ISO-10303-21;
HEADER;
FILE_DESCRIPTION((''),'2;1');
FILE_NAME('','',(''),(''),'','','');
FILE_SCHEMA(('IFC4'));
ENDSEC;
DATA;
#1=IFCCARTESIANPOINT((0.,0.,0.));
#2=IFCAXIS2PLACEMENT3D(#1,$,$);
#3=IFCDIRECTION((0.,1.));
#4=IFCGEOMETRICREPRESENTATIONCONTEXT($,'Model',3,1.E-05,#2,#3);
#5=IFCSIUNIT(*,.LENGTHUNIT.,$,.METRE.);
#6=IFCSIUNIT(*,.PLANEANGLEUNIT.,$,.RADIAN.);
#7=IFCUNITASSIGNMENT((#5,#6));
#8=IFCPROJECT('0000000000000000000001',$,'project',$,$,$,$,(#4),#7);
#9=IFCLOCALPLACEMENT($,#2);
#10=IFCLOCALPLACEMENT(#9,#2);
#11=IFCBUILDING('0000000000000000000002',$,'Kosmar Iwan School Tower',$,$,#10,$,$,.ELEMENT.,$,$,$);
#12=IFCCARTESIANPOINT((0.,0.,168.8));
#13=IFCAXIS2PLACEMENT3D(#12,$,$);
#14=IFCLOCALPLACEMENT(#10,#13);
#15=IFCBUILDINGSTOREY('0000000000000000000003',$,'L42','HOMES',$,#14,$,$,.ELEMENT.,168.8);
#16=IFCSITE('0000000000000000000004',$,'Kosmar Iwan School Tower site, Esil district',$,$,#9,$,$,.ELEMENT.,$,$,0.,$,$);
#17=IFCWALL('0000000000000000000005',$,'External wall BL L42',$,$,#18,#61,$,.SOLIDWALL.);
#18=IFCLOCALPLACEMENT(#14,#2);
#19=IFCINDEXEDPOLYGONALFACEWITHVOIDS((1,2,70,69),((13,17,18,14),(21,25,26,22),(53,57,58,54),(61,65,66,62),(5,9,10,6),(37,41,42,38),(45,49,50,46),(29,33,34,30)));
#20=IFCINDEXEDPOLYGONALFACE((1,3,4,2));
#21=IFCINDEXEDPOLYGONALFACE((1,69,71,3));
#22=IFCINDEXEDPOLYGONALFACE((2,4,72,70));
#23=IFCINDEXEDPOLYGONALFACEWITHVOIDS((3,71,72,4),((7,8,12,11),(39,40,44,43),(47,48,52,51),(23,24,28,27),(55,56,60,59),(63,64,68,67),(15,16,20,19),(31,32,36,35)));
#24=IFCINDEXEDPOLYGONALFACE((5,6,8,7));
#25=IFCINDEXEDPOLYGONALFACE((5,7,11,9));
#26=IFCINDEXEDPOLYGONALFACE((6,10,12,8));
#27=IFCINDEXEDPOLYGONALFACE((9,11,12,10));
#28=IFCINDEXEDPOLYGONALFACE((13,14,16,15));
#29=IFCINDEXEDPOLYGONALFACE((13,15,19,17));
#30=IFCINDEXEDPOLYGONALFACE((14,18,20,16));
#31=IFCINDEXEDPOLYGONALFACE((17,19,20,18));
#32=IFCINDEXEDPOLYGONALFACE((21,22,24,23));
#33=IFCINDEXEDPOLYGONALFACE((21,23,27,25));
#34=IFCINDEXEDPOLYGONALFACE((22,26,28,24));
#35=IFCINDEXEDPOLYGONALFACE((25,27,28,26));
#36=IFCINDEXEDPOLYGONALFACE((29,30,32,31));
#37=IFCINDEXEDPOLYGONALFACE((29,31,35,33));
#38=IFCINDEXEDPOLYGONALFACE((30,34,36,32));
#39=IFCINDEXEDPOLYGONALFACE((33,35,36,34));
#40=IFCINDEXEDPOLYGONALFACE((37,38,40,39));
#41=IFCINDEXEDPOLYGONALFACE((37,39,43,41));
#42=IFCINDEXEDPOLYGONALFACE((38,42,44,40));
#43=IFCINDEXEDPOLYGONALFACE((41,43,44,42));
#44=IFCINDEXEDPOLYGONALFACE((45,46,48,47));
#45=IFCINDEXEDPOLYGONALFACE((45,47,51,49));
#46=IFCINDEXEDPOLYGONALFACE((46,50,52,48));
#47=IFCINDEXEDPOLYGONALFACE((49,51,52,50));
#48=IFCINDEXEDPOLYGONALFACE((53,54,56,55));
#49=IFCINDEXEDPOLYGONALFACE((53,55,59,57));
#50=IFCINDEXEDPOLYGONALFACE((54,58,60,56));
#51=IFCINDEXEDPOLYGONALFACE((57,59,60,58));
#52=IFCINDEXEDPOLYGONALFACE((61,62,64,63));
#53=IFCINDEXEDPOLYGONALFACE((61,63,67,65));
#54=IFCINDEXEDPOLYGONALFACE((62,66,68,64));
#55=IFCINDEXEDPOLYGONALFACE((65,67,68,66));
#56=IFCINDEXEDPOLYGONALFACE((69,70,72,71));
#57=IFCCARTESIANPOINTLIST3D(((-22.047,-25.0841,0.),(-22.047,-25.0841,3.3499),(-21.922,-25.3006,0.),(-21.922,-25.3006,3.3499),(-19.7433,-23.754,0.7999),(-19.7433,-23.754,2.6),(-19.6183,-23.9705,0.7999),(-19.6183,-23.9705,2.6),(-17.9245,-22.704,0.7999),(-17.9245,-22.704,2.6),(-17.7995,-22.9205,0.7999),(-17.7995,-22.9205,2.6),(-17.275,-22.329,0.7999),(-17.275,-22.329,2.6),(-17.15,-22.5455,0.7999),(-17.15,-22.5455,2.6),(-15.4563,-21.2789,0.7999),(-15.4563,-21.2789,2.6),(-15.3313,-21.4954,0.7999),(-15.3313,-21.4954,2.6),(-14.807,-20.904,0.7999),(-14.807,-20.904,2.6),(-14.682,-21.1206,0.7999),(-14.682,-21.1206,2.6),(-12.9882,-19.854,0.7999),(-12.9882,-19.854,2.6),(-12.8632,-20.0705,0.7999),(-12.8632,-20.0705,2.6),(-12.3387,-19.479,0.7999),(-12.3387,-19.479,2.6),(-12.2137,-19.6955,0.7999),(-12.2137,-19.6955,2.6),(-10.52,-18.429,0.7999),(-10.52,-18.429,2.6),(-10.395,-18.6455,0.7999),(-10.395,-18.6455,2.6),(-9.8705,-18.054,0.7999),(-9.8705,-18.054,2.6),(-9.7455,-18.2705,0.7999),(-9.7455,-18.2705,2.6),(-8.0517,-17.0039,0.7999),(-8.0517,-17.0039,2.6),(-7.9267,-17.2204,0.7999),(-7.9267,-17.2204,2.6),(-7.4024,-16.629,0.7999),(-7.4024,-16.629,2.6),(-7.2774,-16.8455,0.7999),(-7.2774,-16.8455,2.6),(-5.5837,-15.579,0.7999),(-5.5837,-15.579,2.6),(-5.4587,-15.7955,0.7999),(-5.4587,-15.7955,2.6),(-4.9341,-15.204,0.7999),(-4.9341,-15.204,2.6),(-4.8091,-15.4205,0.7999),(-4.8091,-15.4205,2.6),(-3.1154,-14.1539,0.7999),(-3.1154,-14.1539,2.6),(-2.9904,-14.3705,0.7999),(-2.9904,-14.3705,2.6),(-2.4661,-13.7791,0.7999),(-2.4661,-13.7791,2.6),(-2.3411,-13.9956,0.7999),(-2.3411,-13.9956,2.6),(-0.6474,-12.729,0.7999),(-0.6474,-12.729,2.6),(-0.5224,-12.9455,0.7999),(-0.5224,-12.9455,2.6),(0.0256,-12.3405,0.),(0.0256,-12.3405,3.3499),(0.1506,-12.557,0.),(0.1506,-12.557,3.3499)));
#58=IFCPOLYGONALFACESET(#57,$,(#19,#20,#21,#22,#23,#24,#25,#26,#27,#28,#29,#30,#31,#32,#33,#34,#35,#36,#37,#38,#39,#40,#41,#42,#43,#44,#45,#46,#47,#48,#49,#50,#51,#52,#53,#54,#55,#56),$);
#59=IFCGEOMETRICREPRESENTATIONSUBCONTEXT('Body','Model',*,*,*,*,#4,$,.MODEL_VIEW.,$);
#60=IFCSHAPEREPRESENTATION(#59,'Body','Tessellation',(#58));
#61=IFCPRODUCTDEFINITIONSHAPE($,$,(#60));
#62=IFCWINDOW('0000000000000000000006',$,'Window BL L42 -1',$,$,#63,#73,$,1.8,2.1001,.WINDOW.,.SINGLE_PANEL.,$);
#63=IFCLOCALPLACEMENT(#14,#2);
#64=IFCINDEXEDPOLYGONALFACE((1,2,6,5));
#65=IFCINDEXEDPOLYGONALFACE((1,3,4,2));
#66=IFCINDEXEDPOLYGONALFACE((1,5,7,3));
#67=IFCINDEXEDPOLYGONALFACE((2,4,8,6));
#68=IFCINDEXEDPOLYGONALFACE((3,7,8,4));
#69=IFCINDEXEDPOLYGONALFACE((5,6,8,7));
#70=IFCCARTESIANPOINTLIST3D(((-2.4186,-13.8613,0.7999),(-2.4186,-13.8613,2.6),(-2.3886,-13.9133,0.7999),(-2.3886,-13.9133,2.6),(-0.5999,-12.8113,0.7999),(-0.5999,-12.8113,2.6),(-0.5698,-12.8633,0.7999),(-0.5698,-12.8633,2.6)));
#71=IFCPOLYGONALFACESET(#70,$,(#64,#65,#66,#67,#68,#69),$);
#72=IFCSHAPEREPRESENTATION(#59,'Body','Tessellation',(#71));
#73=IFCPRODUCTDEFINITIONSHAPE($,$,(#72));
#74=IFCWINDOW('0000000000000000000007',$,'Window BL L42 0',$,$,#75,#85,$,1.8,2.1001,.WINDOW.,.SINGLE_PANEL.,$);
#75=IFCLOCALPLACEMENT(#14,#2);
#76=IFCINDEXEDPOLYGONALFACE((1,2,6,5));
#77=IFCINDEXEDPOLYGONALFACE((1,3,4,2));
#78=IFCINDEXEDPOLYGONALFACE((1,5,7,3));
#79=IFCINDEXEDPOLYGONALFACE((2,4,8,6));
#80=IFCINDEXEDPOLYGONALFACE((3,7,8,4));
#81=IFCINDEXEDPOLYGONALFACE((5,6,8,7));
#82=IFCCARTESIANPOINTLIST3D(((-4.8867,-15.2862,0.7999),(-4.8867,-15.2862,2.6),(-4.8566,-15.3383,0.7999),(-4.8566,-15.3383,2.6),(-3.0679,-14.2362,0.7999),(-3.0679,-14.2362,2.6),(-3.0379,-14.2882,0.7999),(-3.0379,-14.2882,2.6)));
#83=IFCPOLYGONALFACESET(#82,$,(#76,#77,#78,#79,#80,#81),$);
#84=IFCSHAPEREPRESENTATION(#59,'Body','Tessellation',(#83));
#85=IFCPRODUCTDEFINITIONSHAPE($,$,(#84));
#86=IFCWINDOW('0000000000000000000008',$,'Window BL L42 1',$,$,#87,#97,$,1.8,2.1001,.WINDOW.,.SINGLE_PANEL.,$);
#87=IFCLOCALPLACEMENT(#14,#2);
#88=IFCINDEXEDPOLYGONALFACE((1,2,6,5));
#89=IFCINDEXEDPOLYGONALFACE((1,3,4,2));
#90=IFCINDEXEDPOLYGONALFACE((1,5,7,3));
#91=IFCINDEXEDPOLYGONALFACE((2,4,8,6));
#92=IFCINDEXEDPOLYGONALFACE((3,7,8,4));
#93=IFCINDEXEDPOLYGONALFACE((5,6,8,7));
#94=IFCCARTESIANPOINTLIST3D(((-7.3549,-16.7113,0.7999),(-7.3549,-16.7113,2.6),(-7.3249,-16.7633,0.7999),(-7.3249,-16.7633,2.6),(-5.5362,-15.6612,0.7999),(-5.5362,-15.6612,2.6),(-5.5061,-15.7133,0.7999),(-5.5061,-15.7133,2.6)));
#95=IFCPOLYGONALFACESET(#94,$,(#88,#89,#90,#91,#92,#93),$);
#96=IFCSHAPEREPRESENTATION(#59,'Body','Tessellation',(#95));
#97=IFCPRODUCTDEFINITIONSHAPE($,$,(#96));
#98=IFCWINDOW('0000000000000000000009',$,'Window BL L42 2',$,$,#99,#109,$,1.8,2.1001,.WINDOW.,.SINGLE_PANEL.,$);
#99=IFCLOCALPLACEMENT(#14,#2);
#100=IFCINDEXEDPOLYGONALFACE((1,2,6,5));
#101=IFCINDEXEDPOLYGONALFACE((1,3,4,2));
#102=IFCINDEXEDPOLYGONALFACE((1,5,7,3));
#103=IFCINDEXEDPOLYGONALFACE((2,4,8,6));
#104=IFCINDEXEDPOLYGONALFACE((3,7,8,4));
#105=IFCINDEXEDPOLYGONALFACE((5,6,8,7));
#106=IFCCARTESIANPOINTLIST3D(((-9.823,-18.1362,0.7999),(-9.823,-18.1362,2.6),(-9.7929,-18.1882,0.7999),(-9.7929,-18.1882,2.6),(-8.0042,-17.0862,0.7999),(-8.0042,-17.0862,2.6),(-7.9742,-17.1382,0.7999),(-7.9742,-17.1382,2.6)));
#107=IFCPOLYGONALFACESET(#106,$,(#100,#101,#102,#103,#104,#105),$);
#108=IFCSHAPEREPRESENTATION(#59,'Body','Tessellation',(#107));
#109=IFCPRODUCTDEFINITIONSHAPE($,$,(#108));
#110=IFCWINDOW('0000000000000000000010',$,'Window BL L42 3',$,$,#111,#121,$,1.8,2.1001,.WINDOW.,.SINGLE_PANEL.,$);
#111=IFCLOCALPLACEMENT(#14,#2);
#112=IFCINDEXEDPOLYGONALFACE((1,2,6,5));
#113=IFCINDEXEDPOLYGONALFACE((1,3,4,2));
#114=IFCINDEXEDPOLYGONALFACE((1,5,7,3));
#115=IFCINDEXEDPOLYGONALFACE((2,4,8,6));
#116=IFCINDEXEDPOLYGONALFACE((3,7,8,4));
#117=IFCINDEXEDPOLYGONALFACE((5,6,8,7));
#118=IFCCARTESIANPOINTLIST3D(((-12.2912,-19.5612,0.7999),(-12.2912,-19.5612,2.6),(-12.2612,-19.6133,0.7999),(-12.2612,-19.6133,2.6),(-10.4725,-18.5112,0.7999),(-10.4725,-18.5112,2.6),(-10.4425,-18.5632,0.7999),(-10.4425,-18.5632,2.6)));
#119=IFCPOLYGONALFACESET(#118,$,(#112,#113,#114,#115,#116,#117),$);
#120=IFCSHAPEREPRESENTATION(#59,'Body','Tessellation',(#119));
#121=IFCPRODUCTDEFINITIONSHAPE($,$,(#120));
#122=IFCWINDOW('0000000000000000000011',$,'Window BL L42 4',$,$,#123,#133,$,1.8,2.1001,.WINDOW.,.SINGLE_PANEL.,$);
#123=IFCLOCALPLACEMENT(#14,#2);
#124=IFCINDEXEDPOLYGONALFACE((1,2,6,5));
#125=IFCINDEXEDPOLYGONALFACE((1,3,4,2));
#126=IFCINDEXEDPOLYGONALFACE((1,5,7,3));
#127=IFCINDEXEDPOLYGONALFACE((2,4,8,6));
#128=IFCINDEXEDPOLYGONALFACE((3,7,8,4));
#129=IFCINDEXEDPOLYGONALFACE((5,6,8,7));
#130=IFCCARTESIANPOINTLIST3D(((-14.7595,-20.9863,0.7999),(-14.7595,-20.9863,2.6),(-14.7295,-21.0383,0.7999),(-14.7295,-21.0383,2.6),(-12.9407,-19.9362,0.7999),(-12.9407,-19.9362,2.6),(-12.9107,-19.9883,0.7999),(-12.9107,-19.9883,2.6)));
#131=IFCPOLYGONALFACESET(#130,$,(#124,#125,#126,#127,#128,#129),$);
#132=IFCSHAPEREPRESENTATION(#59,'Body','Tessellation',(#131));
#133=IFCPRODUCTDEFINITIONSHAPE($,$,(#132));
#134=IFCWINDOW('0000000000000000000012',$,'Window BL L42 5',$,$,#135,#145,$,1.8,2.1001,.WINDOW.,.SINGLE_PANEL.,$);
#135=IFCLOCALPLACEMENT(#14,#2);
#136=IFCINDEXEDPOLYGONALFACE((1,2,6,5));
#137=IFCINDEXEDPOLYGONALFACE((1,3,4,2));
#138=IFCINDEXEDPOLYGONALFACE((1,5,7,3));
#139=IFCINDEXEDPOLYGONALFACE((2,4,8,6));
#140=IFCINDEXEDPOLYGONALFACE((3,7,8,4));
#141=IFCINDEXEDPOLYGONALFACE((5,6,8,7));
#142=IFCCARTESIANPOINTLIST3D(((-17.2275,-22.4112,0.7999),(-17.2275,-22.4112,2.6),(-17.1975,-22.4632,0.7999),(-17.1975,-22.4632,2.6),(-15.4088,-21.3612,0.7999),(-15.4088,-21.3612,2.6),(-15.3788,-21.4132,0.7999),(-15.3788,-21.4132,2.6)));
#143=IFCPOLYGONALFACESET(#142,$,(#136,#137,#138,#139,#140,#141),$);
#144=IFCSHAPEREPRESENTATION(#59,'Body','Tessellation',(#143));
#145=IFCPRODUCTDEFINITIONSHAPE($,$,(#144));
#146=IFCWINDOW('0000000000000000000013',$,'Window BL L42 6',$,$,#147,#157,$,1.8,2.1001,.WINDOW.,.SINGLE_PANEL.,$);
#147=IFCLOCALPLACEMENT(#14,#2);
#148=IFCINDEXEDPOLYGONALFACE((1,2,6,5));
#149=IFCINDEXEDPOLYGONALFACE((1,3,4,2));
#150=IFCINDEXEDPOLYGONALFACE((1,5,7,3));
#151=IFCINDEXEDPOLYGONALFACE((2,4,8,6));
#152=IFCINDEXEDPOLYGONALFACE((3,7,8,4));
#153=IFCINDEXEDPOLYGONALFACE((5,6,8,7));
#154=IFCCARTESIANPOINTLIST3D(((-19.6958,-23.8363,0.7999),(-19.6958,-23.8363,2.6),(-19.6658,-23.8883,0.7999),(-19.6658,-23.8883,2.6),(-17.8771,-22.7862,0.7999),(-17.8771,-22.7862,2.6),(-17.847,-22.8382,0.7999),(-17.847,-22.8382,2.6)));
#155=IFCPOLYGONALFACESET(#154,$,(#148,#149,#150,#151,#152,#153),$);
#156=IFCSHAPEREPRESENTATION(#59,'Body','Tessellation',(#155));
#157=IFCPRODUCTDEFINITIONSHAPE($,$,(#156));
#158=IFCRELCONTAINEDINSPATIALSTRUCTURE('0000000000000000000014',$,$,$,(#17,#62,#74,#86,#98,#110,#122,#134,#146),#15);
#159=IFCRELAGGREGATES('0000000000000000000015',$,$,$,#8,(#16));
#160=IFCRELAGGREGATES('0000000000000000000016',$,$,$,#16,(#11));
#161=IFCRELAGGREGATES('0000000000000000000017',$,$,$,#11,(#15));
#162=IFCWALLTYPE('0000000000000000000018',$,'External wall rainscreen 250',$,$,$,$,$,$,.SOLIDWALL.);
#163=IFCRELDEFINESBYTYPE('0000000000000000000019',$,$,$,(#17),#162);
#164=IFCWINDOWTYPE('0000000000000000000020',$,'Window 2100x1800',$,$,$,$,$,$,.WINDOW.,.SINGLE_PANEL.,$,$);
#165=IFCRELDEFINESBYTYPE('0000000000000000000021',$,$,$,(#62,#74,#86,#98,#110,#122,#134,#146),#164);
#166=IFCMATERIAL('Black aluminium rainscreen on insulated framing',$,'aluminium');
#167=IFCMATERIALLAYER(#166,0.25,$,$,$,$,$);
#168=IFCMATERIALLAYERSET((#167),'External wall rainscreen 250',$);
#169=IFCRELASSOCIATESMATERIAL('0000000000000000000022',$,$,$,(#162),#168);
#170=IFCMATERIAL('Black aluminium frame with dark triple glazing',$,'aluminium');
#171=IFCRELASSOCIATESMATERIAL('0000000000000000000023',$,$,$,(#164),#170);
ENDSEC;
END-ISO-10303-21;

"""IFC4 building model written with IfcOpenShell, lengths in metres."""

from ifc_helpers import new_model, si_unit, direction, frame, frame_2d, origin, place, context, subcontext, project, spatial, rectangle, extrude, material, layer, layer_set, type_object, element, fill, save


model = new_model("IFC4")

# Units and contexts
model_context = context("Model", 3, precision=1e-05, world=origin(), true_north=direction((0.0, 1.0)))
body_context = subcontext(model_context, "Body", "Model", "MODEL_VIEW")
ifc_project = project(units=[si_unit("LENGTHUNIT", "METRE"), si_unit("PLANEANGLEUNIT", "RADIAN")], contexts=[model_context])

# Site, building, storey
site_placement = place(None, origin())
site = spatial("IfcSite", under=ifc_project, at=site_placement, Name="Kosmar Iwan School Tower site, Esil district", CompositionType="ELEMENT", RefElevation=0.0)
building_placement = place(site_placement, origin())
building = spatial("IfcBuilding", under=site, at=building_placement, Name="Kosmar Iwan School Tower", CompositionType="ELEMENT")
storey_placement = place(building_placement, frame((0.0, 0.0, 168.8)))
storey = spatial("IfcBuildingStorey", under=building, at=storey_placement, Name="L42", Description="HOMES", CompositionType="ELEMENT", Elevation=168.8)

# Wall, openings, windows
ifc_material_1 = material(Name="Black aluminium rainscreen on insulated framing", Category="aluminium")
ifc_layer = layer(ifc_material_1, 0.25)
ifc_layer_set = layer_set([ifc_layer], Name="External wall rainscreen 250")
wall_type = type_object("IfcWallType", Name="External wall rainscreen 250", PredefinedType="SOLIDWALL", material=ifc_layer_set)
wall_1_placement = place(storey_placement, frame((0.0881, -12.4487, 0.0), z_axis=(0.0, 0.0, 1.0), x_axis=(-0.866026, -0.499998, 0.0)))
wall_1 = element("IfcWall", 1, at=wall_1_placement, inside=storey, type_object=wall_type, Name="External wall BL L42", PredefinedType="SOLIDWALL", context=body_context, shape_type="SweptSolid", body=[
    extrude(rectangle(XDim=25.4873, YDim=0.25, at=frame_2d((12.7437, 0.0))), origin(), (0.0, 0.0, 1.0), 3.3499),
])
opening_1_placement = place(wall_1_placement, frame((0.7771, 0.0, 0.8)))
opening_1 = element("IfcOpeningElement", 2, at=opening_1_placement, cuts=wall_1, PredefinedType="OPENING", context=body_context, shape_type="SweptSolid", body=[
    extrude(rectangle(XDim=2.1001, YDim=1.8, at=frame_2d((1.05, 0.8999))), frame((0.0, 0.137, 0.0), z_axis=(0.0, -1.0, 0.0), x_axis=(1.0, 0.0, 0.0)), (0.0, 0.0, 1.0), 0.2739),
])
opening_2_placement = place(wall_1_placement, frame((3.627, 0.0, 0.8)))
opening_2 = element("IfcOpeningElement", 3, at=opening_2_placement, cuts=wall_1, PredefinedType="OPENING", context=body_context, shape_type="SweptSolid", body=[
    extrude(rectangle(XDim=2.1001, YDim=1.8, at=frame_2d((1.05, 0.8999))), frame((0.0, 0.137, 0.0), z_axis=(0.0, -1.0, 0.0), x_axis=(1.0, 0.0, 0.0)), (0.0, 0.0, 1.0), 0.2739),
])
opening_3_placement = place(wall_1_placement, frame((6.4771, 0.0, 0.8)))
opening_3 = element("IfcOpeningElement", 4, at=opening_3_placement, cuts=wall_1, PredefinedType="OPENING", context=body_context, shape_type="SweptSolid", body=[
    extrude(rectangle(XDim=2.1001, YDim=1.8, at=frame_2d((1.05, 0.8999))), frame((0.0, 0.137, 0.0), z_axis=(0.0, -1.0, 0.0), x_axis=(1.0, 0.0, 0.0)), (0.0, 0.0, 1.0), 0.2739),
])
opening_4_placement = place(wall_1_placement, frame((9.3269, 0.0, 0.8)))
opening_4 = element("IfcOpeningElement", 5, at=opening_4_placement, cuts=wall_1, PredefinedType="OPENING", context=body_context, shape_type="SweptSolid", body=[
    extrude(rectangle(XDim=2.1001, YDim=1.8, at=frame_2d((1.05, 0.8999))), frame((0.0, 0.137, 0.0), z_axis=(0.0, -1.0, 0.0), x_axis=(1.0, 0.0, 0.0)), (0.0, 0.0, 1.0), 0.2739),
])
opening_5_placement = place(wall_1_placement, frame((12.177, 0.0, 0.8)))
opening_5 = element("IfcOpeningElement", 6, at=opening_5_placement, cuts=wall_1, PredefinedType="OPENING", context=body_context, shape_type="SweptSolid", body=[
    extrude(rectangle(XDim=2.1001, YDim=1.8, at=frame_2d((1.05, 0.8999))), frame((0.0, 0.137, 0.0), z_axis=(0.0, -1.0, 0.0), x_axis=(1.0, 0.0, 0.0)), (0.0, 0.0, 1.0), 0.2739),
])
opening_6_placement = place(wall_1_placement, frame((15.0271, 0.0, 0.8)))
opening_6 = element("IfcOpeningElement", 7, at=opening_6_placement, cuts=wall_1, PredefinedType="OPENING", context=body_context, shape_type="SweptSolid", body=[
    extrude(rectangle(XDim=2.1001, YDim=1.8, at=frame_2d((1.05, 0.8999))), frame((0.0, 0.137, 0.0), z_axis=(0.0, -1.0, 0.0), x_axis=(1.0, 0.0, 0.0)), (0.0, 0.0, 1.0), 0.2739),
])
opening_7_placement = place(wall_1_placement, frame((17.877, 0.0, 0.8)))
opening_7 = element("IfcOpeningElement", 8, at=opening_7_placement, cuts=wall_1, PredefinedType="OPENING", context=body_context, shape_type="SweptSolid", body=[
    extrude(rectangle(XDim=2.1001, YDim=1.8, at=frame_2d((1.05, 0.8999))), frame((0.0, 0.137, 0.0), z_axis=(0.0, -1.0, 0.0), x_axis=(1.0, 0.0, 0.0)), (0.0, 0.0, 1.0), 0.2739),
])
opening_8_placement = place(wall_1_placement, frame((20.7271, 0.0, 0.8)))
opening_8 = element("IfcOpeningElement", 9, at=opening_8_placement, cuts=wall_1, PredefinedType="OPENING", context=body_context, shape_type="SweptSolid", body=[
    extrude(rectangle(XDim=2.1001, YDim=1.8, at=frame_2d((1.05, 0.8999))), frame((0.0, 0.137, 0.0), z_axis=(0.0, -1.0, 0.0), x_axis=(1.0, 0.0, 0.0)), (0.0, 0.0, 1.0), 0.2739),
])
ifc_material_2 = material(Name="Black aluminium frame with dark triple glazing", Category="aluminium")
window_type = type_object("IfcWindowType", Name="Window 2100x1800", PartitioningType="SINGLE_PANEL", PredefinedType="WINDOW", material=ifc_material_2)
window_1_placement = place(opening_1_placement, origin())
window_1 = element("IfcWindow", 10, at=window_1_placement, inside=storey, type_object=window_type, Name="Window BL L42 -1", OverallHeight=1.8, OverallWidth=2.1001, PartitioningType="SINGLE_PANEL", PredefinedType="WINDOW", context=body_context, shape_type="SweptSolid", body=[
    extrude(rectangle(XDim=2.1001, YDim=1.8, at=frame_2d((1.05, 0.8999))), frame((0.0, 0.03, 0.0), z_axis=(0.0, -1.0, 0.0), x_axis=(1.0, 0.0, 0.0)), (0.0, 0.0, 1.0), 0.0601),
])
fill(opening_1, window_1)
window_2_placement = place(opening_2_placement, origin())
window_2 = element("IfcWindow", 11, at=window_2_placement, inside=storey, type_object=window_type, Name="Window BL L42 0", OverallHeight=1.8, OverallWidth=2.1001, PartitioningType="SINGLE_PANEL", PredefinedType="WINDOW", context=body_context, shape_type="SweptSolid", body=[
    extrude(rectangle(XDim=2.1001, YDim=1.8, at=frame_2d((1.05, 0.8999))), frame((0.0, 0.03, 0.0), z_axis=(0.0, -1.0, 0.0), x_axis=(1.0, 0.0, 0.0)), (0.0, 0.0, 1.0), 0.0601),
])
fill(opening_2, window_2)
window_3_placement = place(opening_3_placement, origin())
window_3 = element("IfcWindow", 12, at=window_3_placement, inside=storey, type_object=window_type, Name="Window BL L42 1", OverallHeight=1.8, OverallWidth=2.1001, PartitioningType="SINGLE_PANEL", PredefinedType="WINDOW", context=body_context, shape_type="SweptSolid", body=[
    extrude(rectangle(XDim=2.1001, YDim=1.8, at=frame_2d((1.05, 0.8999))), frame((0.0, 0.03, 0.0), z_axis=(0.0, -1.0, 0.0), x_axis=(1.0, 0.0, 0.0)), (0.0, 0.0, 1.0), 0.0601),
])
fill(opening_3, window_3)
window_4_placement = place(opening_4_placement, origin())
window_4 = element("IfcWindow", 13, at=window_4_placement, inside=storey, type_object=window_type, Name="Window BL L42 2", OverallHeight=1.8, OverallWidth=2.1001, PartitioningType="SINGLE_PANEL", PredefinedType="WINDOW", context=body_context, shape_type="SweptSolid", body=[
    extrude(rectangle(XDim=2.1001, YDim=1.8, at=frame_2d((1.05, 0.8999))), frame((0.0, 0.03, 0.0), z_axis=(0.0, -1.0, 0.0), x_axis=(1.0, 0.0, 0.0)), (0.0, 0.0, 1.0), 0.0601),
])
fill(opening_4, window_4)
window_5_placement = place(opening_5_placement, origin())
window_5 = element("IfcWindow", 14, at=window_5_placement, inside=storey, type_object=window_type, Name="Window BL L42 3", OverallHeight=1.8, OverallWidth=2.1001, PartitioningType="SINGLE_PANEL", PredefinedType="WINDOW", context=body_context, shape_type="SweptSolid", body=[
    extrude(rectangle(XDim=2.1001, YDim=1.8, at=frame_2d((1.05, 0.8999))), frame((0.0, 0.03, 0.0), z_axis=(0.0, -1.0, 0.0), x_axis=(1.0, 0.0, 0.0)), (0.0, 0.0, 1.0), 0.0601),
])
fill(opening_5, window_5)
window_6_placement = place(opening_6_placement, origin())
window_6 = element("IfcWindow", 15, at=window_6_placement, inside=storey, type_object=window_type, Name="Window BL L42 4", OverallHeight=1.8, OverallWidth=2.1001, PartitioningType="SINGLE_PANEL", PredefinedType="WINDOW", context=body_context, shape_type="SweptSolid", body=[
    extrude(rectangle(XDim=2.1001, YDim=1.8, at=frame_2d((1.05, 0.8999))), frame((0.0, 0.03, 0.0), z_axis=(0.0, -1.0, 0.0), x_axis=(1.0, 0.0, 0.0)), (0.0, 0.0, 1.0), 0.0601),
])
fill(opening_6, window_6)
window_7_placement = place(opening_7_placement, origin())
window_7 = element("IfcWindow", 16, at=window_7_placement, inside=storey, type_object=window_type, Name="Window BL L42 5", OverallHeight=1.8, OverallWidth=2.1001, PartitioningType="SINGLE_PANEL", PredefinedType="WINDOW", context=body_context, shape_type="SweptSolid", body=[
    extrude(rectangle(XDim=2.1001, YDim=1.8, at=frame_2d((1.05, 0.8999))), frame((0.0, 0.03, 0.0), z_axis=(0.0, -1.0, 0.0), x_axis=(1.0, 0.0, 0.0)), (0.0, 0.0, 1.0), 0.0601),
])
fill(opening_7, window_7)
window_8_placement = place(opening_8_placement, origin())
window_8 = element("IfcWindow", 17, at=window_8_placement, inside=storey, type_object=window_type, Name="Window BL L42 6", OverallHeight=1.8, OverallWidth=2.1001, PartitioningType="SINGLE_PANEL", PredefinedType="WINDOW", context=body_context, shape_type="SweptSolid", body=[
    extrude(rectangle(XDim=2.1001, YDim=1.8, at=frame_2d((1.05, 0.8999))), frame((0.0, 0.03, 0.0), z_axis=(0.0, -1.0, 0.0), x_axis=(1.0, 0.0, 0.0)), (0.0, 0.0, 1.0), 0.0601),
])
fill(opening_8, window_8)

save(model, "model.ifc")
